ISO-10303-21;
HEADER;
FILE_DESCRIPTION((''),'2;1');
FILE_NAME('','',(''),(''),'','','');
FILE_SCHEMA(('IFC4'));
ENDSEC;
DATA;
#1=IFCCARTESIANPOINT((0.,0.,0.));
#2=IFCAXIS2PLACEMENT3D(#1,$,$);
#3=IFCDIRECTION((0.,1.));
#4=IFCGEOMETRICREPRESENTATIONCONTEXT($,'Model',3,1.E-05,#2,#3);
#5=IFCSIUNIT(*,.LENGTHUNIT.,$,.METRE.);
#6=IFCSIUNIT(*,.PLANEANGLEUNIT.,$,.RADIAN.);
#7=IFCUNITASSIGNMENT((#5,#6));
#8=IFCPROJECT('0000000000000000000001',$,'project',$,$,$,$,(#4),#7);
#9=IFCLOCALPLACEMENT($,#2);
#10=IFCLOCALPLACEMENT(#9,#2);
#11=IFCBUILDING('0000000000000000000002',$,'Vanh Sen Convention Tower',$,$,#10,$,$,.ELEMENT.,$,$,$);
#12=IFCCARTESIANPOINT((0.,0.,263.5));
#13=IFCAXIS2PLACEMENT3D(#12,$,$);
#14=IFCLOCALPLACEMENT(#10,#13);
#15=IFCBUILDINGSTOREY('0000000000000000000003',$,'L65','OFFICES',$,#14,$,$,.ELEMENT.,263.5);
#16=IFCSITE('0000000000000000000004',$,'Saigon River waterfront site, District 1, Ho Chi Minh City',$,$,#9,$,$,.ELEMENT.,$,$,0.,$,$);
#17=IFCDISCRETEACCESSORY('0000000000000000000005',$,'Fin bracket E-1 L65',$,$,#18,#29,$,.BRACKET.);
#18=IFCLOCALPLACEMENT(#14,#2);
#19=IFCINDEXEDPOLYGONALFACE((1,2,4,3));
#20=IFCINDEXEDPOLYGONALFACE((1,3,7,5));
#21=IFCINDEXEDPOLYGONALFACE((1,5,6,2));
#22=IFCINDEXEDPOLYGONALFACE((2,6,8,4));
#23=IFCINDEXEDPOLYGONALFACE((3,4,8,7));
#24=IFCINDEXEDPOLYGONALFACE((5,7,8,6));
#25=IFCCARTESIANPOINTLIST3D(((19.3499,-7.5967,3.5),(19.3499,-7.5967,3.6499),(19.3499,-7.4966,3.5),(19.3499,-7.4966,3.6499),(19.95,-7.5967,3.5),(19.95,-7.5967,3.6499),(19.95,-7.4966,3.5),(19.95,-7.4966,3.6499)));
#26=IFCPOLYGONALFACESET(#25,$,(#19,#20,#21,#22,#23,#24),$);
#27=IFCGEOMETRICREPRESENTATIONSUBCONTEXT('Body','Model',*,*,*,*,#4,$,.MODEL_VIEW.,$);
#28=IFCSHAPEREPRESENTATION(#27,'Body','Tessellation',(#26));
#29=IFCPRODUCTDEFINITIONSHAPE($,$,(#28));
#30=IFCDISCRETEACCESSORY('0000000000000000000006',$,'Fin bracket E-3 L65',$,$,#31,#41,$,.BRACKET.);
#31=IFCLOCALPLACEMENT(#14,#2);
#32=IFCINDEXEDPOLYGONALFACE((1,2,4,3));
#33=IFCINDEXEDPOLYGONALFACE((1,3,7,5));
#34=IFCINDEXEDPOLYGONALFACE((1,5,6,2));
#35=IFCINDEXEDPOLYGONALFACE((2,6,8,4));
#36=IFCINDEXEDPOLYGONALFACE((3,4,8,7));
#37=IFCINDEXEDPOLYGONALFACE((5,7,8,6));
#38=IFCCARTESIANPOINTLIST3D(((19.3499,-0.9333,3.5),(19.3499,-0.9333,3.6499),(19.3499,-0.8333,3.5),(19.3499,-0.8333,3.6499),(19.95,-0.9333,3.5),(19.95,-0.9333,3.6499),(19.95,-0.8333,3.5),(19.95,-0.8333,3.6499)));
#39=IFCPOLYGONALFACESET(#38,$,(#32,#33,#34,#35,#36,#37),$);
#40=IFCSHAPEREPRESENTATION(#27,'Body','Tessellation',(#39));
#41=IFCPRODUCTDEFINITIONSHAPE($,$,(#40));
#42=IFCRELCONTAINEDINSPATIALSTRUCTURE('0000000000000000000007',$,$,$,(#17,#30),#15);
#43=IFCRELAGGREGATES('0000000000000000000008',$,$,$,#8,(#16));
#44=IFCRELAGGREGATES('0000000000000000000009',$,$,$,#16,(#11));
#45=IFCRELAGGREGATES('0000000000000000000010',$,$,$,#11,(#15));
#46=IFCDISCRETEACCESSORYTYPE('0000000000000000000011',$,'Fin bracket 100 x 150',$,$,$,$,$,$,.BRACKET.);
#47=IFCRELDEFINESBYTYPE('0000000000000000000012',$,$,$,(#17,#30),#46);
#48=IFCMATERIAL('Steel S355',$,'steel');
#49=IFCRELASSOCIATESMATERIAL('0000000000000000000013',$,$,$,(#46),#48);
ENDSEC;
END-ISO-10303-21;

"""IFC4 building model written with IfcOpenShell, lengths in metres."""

from ifc_helpers import new_model, si_unit, direction, frame, origin, origin_2d, place, context, subcontext, project, spatial, rectangle, extrude, material, type_object, element, save


model = new_model("IFC4")

# Units and contexts
model_context = context("Model", 3, precision=1e-05, world=origin(), true_north=direction((0.0, 1.0)))
body_context = subcontext(model_context, "Body", "Model", "MODEL_VIEW")
ifc_project = project(units=[si_unit("LENGTHUNIT", "METRE"), si_unit("PLANEANGLEUNIT", "RADIAN")], contexts=[model_context])

# Site, building, storey
site_placement = place(None, origin())
site = spatial("IfcSite", under=ifc_project, at=site_placement, Name="Saigon River waterfront site, District 1, Ho Chi Minh City", CompositionType="ELEMENT", RefElevation=0.0)
building_placement = place(site_placement, origin())
building = spatial("IfcBuilding", under=site, at=building_placement, Name="Vanh Sen Convention Tower", CompositionType="ELEMENT")
storey_placement = place(building_placement, frame((0.0, 0.0, 263.5)))
storey = spatial("IfcBuildingStorey", under=building, at=storey_placement, Name="L65", Description="OFFICES", CompositionType="ELEMENT", Elevation=263.5)

# Discrete accessories
ifc_material_1 = material(Name="Steel S355", Category="steel")
discrete_accessory_type = type_object("IfcDiscreteAccessoryType", Name="Fin bracket 100 x 150", PredefinedType="BRACKET", material=ifc_material_1)
for number, where, z_axis, x_axis, name in (
    (1, (19.6499, -7.5466, 3.5), (0.0, 0.0, 1.0), (1.0, 0.0, 0.0), "Fin bracket E-1 L65"),
    (2, (19.6499, -0.8833, 3.5), (0.0, 0.0, 1.0), (1.0, 0.0, 0.0), "Fin bracket E-3 L65"),
):
    element("IfcDiscreteAccessory", number, at=place(storey_placement, frame(where, z_axis=z_axis, x_axis=x_axis)), inside=storey, type_object=discrete_accessory_type, Name=name, PredefinedType="BRACKET", context=body_context, shape_type="SweptSolid", body=[
        extrude(rectangle(XDim=0.6001, YDim=0.1001, at=origin_2d()), origin(), (0.0, 0.0, 1.0), 0.1499),
    ])

save(model, "model.ifc")
